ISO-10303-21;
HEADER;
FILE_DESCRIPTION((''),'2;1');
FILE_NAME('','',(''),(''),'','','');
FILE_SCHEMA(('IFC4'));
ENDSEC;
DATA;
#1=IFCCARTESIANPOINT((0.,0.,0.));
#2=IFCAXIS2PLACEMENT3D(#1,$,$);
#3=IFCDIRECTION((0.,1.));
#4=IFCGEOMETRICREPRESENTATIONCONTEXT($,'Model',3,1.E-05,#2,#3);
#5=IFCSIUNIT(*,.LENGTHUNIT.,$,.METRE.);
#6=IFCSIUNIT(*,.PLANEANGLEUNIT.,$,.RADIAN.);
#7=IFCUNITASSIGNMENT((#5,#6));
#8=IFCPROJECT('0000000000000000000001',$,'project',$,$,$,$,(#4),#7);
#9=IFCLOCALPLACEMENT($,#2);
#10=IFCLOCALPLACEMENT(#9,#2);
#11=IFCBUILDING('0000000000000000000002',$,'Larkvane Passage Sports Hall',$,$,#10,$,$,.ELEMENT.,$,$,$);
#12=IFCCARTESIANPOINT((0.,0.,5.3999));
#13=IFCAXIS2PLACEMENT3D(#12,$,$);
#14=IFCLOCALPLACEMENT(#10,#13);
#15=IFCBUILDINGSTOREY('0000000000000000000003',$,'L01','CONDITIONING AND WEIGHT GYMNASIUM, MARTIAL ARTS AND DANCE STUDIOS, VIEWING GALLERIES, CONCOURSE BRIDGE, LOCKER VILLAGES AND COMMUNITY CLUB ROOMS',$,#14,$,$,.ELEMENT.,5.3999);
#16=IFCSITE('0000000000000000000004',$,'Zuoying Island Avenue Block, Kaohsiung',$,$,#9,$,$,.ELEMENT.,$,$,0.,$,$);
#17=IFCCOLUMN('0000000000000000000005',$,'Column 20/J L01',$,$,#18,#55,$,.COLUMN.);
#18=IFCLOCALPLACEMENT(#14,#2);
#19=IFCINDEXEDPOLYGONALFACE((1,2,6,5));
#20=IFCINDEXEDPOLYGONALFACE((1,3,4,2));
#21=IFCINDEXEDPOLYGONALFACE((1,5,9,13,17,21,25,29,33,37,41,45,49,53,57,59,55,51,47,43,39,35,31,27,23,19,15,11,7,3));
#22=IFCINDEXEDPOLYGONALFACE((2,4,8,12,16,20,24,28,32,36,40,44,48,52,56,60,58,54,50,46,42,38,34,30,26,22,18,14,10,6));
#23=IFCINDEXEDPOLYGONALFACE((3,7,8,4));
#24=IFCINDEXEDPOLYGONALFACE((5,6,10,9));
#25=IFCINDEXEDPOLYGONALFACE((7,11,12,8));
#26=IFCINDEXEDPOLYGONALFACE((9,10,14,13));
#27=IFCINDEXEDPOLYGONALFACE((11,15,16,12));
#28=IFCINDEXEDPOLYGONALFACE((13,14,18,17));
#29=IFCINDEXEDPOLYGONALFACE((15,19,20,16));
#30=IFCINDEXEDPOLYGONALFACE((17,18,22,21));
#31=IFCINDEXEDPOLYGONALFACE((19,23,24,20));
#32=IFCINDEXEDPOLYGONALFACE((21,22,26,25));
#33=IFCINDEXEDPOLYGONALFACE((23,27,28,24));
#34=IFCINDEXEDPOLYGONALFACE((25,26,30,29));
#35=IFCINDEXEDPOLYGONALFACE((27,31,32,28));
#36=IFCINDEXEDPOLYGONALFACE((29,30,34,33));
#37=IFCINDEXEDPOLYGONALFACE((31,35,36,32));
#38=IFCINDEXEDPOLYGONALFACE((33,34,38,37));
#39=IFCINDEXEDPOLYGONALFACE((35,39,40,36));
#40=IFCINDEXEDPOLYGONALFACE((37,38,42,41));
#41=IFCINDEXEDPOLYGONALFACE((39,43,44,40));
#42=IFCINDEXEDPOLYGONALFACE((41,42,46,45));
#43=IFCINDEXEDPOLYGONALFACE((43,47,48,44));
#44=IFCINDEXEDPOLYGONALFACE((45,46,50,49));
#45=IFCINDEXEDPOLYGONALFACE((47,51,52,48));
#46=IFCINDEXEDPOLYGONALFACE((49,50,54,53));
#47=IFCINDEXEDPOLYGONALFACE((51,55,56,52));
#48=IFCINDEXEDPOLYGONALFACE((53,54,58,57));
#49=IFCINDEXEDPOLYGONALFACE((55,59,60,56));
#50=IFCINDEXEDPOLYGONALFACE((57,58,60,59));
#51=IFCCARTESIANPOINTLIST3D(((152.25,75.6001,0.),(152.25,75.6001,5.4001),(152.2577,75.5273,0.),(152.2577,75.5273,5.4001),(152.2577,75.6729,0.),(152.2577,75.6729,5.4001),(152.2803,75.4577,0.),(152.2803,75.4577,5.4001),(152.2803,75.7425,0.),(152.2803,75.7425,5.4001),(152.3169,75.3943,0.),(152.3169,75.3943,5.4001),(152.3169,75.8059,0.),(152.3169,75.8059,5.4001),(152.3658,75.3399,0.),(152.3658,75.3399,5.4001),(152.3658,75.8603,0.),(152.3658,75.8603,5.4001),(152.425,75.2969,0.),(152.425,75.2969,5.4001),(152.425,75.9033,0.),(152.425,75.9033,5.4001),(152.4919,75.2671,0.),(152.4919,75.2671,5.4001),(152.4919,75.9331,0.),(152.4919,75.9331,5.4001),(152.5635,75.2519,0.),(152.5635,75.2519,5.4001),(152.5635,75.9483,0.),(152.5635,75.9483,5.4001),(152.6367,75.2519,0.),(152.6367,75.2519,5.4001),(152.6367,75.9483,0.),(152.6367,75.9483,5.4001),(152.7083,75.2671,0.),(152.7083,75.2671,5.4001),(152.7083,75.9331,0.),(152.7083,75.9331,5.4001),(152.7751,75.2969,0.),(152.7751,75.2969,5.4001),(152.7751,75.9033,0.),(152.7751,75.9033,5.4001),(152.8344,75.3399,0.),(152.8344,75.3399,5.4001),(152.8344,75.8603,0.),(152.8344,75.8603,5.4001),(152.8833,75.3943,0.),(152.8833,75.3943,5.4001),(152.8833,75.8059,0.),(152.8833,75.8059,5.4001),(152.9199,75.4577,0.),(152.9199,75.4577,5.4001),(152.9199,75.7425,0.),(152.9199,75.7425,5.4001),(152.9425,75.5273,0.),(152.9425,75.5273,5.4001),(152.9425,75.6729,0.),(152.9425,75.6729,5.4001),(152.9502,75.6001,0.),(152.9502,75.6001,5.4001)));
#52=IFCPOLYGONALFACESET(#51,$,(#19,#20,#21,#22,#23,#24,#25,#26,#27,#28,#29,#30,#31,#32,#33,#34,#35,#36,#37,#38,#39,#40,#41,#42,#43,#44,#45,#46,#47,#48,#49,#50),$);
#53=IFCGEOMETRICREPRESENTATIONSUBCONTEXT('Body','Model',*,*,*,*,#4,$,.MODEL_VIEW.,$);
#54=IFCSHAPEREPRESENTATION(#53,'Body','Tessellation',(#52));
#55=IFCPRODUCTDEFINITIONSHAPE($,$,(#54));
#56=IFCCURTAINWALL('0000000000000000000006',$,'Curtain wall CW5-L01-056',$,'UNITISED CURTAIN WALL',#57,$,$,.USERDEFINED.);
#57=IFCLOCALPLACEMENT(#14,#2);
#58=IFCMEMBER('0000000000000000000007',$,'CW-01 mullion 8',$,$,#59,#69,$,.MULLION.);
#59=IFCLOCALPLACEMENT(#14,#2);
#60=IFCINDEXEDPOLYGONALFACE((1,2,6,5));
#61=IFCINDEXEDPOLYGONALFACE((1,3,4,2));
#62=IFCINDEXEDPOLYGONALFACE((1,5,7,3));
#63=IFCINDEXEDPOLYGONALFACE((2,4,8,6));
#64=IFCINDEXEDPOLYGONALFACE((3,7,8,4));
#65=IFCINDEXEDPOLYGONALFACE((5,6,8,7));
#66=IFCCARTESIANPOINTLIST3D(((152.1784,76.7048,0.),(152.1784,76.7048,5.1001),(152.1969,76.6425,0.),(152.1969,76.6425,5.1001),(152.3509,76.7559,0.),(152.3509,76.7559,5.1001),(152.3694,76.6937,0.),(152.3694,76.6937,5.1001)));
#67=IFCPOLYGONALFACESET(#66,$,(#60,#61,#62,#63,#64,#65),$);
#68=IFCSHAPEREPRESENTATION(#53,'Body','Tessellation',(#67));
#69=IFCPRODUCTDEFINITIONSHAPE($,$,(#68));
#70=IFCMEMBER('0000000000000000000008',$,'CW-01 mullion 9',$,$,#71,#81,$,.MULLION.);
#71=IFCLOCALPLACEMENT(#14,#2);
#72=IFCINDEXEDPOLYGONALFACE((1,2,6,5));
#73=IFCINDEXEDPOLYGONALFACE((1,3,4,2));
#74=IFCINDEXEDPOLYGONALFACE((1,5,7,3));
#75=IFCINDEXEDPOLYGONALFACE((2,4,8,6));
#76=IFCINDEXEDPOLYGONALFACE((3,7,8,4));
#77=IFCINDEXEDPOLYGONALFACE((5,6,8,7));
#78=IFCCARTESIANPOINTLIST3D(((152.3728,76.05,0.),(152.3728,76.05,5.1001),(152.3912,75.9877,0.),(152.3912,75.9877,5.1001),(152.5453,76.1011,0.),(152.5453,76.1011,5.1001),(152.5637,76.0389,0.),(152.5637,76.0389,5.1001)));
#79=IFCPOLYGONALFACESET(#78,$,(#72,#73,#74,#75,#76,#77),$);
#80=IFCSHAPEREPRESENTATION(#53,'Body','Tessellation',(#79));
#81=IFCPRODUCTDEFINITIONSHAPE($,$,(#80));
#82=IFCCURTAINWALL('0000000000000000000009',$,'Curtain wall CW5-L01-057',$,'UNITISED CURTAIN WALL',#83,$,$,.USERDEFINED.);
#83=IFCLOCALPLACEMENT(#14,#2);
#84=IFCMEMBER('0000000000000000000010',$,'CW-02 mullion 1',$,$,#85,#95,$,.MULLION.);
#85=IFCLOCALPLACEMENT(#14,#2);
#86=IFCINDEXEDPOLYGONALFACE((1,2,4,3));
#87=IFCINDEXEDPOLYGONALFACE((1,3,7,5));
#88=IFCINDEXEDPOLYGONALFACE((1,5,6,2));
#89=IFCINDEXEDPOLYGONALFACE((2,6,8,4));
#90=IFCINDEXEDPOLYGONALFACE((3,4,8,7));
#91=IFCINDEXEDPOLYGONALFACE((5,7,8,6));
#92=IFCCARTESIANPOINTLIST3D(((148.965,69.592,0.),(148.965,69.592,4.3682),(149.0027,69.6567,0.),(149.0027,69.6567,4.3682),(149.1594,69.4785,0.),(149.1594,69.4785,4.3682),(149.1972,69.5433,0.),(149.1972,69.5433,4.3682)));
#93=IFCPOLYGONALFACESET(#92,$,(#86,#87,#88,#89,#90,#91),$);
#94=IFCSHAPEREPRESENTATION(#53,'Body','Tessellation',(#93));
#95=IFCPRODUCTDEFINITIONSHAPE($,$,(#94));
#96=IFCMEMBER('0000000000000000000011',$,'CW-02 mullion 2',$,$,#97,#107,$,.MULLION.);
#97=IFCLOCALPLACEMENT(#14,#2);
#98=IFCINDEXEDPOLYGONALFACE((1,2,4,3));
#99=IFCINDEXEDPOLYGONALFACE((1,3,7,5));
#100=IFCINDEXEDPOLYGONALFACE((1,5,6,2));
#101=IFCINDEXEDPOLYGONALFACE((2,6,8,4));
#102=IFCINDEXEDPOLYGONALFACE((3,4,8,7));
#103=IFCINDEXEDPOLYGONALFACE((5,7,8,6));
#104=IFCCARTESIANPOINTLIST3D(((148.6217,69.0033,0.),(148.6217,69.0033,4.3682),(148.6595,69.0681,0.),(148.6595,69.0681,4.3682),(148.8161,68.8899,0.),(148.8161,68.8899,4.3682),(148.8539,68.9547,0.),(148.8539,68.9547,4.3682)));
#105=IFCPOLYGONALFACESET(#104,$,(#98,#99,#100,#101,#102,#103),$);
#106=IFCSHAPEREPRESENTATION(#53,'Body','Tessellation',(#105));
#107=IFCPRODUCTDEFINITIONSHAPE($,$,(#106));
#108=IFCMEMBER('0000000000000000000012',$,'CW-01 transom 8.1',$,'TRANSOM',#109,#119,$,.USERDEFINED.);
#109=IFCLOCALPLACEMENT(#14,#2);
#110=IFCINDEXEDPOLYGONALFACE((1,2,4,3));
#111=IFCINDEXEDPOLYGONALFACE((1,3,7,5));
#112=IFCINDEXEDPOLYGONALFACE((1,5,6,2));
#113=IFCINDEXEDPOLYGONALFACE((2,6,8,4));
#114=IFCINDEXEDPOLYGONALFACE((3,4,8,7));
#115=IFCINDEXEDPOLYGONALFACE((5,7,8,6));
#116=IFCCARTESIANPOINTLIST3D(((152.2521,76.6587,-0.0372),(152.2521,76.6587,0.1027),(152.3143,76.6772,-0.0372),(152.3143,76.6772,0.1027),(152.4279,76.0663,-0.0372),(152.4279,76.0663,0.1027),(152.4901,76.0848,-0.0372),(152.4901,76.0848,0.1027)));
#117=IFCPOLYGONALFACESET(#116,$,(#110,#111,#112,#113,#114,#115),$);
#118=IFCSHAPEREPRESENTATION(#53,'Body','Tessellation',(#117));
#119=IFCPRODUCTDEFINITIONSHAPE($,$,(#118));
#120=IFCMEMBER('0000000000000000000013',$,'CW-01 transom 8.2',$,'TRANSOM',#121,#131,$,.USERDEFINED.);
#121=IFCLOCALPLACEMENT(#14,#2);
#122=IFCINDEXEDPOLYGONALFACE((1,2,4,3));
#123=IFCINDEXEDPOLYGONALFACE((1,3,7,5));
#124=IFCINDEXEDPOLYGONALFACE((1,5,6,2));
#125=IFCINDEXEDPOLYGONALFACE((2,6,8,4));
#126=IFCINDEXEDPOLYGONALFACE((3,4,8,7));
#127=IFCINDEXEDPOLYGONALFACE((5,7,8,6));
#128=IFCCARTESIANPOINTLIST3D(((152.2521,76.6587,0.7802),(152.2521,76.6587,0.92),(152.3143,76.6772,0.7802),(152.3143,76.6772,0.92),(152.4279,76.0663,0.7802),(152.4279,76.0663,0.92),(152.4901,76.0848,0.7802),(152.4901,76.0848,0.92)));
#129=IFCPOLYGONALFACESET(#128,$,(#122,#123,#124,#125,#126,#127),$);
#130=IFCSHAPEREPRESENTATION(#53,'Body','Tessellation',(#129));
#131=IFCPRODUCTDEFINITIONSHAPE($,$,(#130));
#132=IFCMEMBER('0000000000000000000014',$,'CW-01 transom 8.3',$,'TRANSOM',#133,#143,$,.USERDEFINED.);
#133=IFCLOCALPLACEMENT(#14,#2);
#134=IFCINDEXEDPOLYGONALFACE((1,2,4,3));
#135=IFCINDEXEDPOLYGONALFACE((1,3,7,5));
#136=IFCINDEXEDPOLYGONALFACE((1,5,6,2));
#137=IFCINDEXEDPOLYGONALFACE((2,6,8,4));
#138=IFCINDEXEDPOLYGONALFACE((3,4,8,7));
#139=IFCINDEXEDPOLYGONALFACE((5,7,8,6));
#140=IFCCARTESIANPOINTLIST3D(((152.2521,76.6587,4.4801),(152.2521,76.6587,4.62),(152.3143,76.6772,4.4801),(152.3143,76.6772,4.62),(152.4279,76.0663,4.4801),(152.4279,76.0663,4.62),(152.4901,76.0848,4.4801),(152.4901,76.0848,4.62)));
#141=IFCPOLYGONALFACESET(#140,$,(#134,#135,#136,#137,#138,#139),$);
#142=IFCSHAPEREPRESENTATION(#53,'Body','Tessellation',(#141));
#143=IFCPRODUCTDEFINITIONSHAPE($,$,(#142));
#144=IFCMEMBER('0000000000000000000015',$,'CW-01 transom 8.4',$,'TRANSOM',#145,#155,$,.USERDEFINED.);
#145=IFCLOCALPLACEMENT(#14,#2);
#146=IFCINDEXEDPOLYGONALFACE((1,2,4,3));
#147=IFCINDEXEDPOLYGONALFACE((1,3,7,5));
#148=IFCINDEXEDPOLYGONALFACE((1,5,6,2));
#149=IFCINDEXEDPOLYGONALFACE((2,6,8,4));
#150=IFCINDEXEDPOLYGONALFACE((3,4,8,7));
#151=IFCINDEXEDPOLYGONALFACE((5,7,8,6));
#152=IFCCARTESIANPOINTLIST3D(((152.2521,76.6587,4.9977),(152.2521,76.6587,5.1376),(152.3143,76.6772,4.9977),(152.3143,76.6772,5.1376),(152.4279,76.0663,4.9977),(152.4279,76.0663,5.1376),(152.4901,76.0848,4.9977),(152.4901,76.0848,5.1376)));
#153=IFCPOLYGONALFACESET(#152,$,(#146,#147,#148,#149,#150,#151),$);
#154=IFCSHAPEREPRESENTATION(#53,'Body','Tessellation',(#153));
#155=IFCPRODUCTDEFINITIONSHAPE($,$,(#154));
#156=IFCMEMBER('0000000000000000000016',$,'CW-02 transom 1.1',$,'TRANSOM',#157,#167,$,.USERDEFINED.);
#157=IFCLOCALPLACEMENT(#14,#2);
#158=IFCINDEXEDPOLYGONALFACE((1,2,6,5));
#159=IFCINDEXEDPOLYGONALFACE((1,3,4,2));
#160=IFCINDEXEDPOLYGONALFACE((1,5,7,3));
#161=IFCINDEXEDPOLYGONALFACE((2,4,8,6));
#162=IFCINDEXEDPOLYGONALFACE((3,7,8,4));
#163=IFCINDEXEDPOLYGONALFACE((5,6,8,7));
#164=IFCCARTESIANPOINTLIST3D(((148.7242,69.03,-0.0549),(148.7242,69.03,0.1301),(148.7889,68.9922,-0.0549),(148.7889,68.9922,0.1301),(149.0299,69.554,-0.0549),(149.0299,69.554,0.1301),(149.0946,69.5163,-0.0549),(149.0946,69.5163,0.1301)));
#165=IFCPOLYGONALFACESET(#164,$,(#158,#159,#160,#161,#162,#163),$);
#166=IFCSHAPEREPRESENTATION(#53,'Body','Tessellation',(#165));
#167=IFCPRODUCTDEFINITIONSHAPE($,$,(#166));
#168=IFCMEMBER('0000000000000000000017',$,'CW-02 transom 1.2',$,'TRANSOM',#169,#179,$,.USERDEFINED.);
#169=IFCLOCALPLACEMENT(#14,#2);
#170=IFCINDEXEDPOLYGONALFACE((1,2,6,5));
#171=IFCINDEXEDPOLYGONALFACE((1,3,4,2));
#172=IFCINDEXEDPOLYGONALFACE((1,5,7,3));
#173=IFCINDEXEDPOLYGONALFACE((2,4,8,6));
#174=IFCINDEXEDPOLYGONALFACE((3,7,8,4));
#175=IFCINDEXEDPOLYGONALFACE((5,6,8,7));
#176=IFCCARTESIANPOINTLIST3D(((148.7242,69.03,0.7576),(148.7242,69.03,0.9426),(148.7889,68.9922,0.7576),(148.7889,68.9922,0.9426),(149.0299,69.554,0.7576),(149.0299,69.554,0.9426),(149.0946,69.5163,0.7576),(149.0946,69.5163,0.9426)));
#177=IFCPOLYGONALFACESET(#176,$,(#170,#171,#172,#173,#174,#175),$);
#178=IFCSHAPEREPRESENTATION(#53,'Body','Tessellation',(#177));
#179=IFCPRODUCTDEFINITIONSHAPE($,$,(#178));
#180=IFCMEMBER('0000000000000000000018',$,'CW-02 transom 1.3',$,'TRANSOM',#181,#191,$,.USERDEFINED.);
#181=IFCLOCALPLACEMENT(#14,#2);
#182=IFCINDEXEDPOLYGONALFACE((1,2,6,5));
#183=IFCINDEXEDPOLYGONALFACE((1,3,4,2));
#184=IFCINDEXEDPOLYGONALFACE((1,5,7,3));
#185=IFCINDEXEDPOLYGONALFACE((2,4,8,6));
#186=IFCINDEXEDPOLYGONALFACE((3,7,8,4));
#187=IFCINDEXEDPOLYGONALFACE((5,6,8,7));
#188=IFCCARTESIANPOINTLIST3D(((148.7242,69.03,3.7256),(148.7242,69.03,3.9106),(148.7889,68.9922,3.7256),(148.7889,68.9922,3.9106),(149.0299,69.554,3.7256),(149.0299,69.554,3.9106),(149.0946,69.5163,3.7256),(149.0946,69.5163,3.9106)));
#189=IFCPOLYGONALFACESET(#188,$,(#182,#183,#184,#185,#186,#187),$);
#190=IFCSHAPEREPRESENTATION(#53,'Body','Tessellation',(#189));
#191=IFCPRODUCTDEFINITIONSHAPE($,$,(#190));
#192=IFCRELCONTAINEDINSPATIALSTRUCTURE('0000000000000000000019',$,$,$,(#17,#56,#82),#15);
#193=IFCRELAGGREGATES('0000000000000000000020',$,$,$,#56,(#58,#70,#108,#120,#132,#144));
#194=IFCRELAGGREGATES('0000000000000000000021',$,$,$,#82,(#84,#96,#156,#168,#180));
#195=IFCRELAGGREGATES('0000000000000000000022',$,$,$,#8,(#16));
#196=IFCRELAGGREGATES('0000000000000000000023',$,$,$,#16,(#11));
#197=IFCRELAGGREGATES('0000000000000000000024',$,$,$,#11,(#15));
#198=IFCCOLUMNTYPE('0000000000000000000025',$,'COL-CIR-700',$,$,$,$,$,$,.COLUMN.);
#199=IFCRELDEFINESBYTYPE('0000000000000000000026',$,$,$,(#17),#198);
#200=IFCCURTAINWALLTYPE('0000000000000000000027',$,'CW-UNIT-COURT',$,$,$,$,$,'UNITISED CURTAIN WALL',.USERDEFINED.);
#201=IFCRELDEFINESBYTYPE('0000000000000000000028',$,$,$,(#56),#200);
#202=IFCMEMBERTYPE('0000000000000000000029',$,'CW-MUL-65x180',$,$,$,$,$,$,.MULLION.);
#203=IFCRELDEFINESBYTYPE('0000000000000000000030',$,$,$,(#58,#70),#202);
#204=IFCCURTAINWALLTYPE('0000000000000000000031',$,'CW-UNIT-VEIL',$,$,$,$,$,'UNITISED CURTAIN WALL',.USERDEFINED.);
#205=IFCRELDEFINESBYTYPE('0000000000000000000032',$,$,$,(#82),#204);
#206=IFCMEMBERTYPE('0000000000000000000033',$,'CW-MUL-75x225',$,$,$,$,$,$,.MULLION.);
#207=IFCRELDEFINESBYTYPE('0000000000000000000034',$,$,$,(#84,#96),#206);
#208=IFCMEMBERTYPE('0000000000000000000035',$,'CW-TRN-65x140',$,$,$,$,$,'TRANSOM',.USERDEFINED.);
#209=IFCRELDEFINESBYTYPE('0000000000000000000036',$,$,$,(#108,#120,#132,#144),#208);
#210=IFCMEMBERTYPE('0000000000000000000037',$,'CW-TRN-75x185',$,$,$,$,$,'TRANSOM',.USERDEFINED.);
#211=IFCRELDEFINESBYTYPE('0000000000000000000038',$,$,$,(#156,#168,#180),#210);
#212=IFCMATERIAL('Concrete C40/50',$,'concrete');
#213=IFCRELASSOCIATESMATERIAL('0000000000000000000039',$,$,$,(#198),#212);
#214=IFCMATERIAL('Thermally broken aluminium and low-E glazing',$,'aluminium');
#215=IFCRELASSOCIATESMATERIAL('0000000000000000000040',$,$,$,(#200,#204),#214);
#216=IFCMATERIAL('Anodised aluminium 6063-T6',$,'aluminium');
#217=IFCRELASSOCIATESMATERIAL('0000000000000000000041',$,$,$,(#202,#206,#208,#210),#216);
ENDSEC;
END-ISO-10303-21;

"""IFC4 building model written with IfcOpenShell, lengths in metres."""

from ifc_helpers import new_model, si_unit, direction, frame, origin, origin_2d, place, context, subcontext, project, spatial, rectangle, circle, extrude, material, material_profile, profile_set, type_object, element, aggregate, save


model = new_model("IFC4")

# Units and contexts
model_context = context("Model", 3, precision=1e-05, world=origin(), true_north=direction((0.0, 1.0)))
body_context = subcontext(model_context, "Body", "Model", "MODEL_VIEW")
ifc_project = project(units=[si_unit("LENGTHUNIT", "METRE"), si_unit("PLANEANGLEUNIT", "RADIAN")], contexts=[model_context])

# Site, building, storey
site_placement = place(None, origin())
site = spatial("IfcSite", under=ifc_project, at=site_placement, Name="Zuoying Island Avenue Block, Kaohsiung", CompositionType="ELEMENT", RefElevation=0.0)
building_placement = place(site_placement, origin())
building = spatial("IfcBuilding", under=site, at=building_placement, Name="Larkvane Passage Sports Hall", CompositionType="ELEMENT")
storey_placement = place(building_placement, frame((0.0, 0.0, 5.3999)))
storey = spatial("IfcBuildingStorey", under=building, at=storey_placement, Name="L01", Description="CONDITIONING AND WEIGHT GYMNASIUM, MARTIAL ARTS AND DANCE STUDIOS, VIEWING GALLERIES, CONCOURSE BRIDGE, LOCKER VILLAGES AND COMMUNITY CLUB ROOMS", CompositionType="ELEMENT", Elevation=5.3999)

# Column
ifc_material_1 = material(Name="Concrete C40/50", Category="concrete")
ifc_material_profile_1 = material_profile(ifc_material_1, circle(Radius=0.3501, at=origin_2d()), Name="RC-CIR-700")
ifc_profile_set_1 = profile_set([ifc_material_profile_1], Name="Concrete C40/50")
column_type = type_object("IfcColumnType", Name="COL-CIR-700", PredefinedType="COLUMN", material=ifc_profile_set_1)
column_placement = place(storey_placement, frame((152.6001, 75.6001, 0.0), z_axis=(0.0, 0.0, 1.0), x_axis=(1.0, 0.0, 0.0)))
element("IfcColumn", 1, at=column_placement, inside=storey, type_object=column_type, Name="Column 20/J L01", PredefinedType="COLUMN", context=body_context, shape_type="SweptSolid", body=[
    extrude(circle(Radius=0.3501, at=origin_2d()), origin(), (0.0, 0.0, 1.0), 5.4001),
])

# Curtain walls, members
ifc_material_2 = material(Name="Thermally broken aluminium and low-E glazing", Category="aluminium")
curtain_wall_type_1 = type_object("IfcCurtainWallType", Name="CW-UNIT-COURT", ElementType="UNITISED CURTAIN WALL", PredefinedType="USERDEFINED", material=ifc_material_2)
curtain_wall_1_placement = place(storey_placement, origin())
curtain_wall_1 = element("IfcCurtainWall", 2, at=curtain_wall_1_placement, inside=storey, type_object=curtain_wall_type_1, Name="Curtain wall CW5-L01-056", ObjectType="UNITISED CURTAIN WALL", PredefinedType="USERDEFINED")
ifc_material_3 = material(Name="Anodised aluminium 6063-T6", Category="aluminium")
ifc_material_profile_2 = material_profile(ifc_material_3, rectangle(XDim=0.0649, YDim=0.1799, at=origin_2d()), Name="ALU-MUL-65x180")
ifc_profile_set_2 = profile_set([ifc_material_profile_2], Name="Anodised aluminium 6063-T6")
member_type_1 = type_object("IfcMemberType", Name="CW-MUL-65x180", PredefinedType="MULLION", material=ifc_profile_set_2)
member_1_placement = place(storey_placement, frame((152.2739, 76.6992, 0.0), z_axis=(0.0, 0.0, 1.0), x_axis=(0.284363, -0.958717, 0.0)))
member_1 = element("IfcMember", 3, at=member_1_placement, type_object=member_type_1, Name="CW-01 mullion 8", PredefinedType="MULLION", context=body_context, shape_type="SweptSolid", body=[
    extrude(rectangle(XDim=0.0649, YDim=0.1799, at=origin_2d()), origin(), (0.0, 0.0, 1.0), 5.1001),
])
member_2_placement = place(storey_placement, frame((152.4683, 76.0444, 0.0), z_axis=(0.0, 0.0, 1.0), x_axis=(0.284363, -0.958717, 0.0)))
member_2 = element("IfcMember", 4, at=member_2_placement, type_object=member_type_1, Name="CW-01 mullion 9", PredefinedType="MULLION", context=body_context, shape_type="SweptSolid", body=[
    extrude(rectangle(XDim=0.0649, YDim=0.1799, at=origin_2d()), origin(), (0.0, 0.0, 1.0), 5.1001),
])
curtain_wall_type_2 = type_object("IfcCurtainWallType", Name="CW-UNIT-VEIL", ElementType="UNITISED CURTAIN WALL", PredefinedType="USERDEFINED", material=ifc_material_2)
curtain_wall_2_placement = place(storey_placement, origin())
curtain_wall_2 = element("IfcCurtainWall", 5, at=curtain_wall_2_placement, inside=storey, type_object=curtain_wall_type_2, Name="Curtain wall CW5-L01-057", ObjectType="UNITISED CURTAIN WALL", PredefinedType="USERDEFINED")
ifc_material_profile_3 = material_profile(ifc_material_3, rectangle(XDim=0.075, YDim=0.2251, at=origin_2d()), Name="ALU-MUL-75x225")
ifc_profile_set_3 = profile_set([ifc_material_profile_3], Name="Anodised aluminium 6063-T6")
member_type_2 = type_object("IfcMemberType", Name="CW-MUL-75x225", PredefinedType="MULLION", material=ifc_profile_set_3)
member_3_placement = place(storey_placement, frame((149.0811, 69.5676, 0.0), z_axis=(0.0, 0.0, 1.0), x_axis=(-0.503867, -0.863781, 0.0)))
member_3 = element("IfcMember", 6, at=member_3_placement, type_object=member_type_2, Name="CW-02 mullion 1", PredefinedType="MULLION", context=body_context, shape_type="SweptSolid", body=[
    extrude(rectangle(XDim=0.075, YDim=0.2251, at=origin_2d()), origin(), (0.0, 0.0, 1.0), 4.3682),
])
member_4_placement = place(storey_placement, frame((148.7378, 68.979, 0.0), z_axis=(0.0, 0.0, 1.0), x_axis=(-0.503867, -0.863781, 0.0)))
member_4 = element("IfcMember", 7, at=member_4_placement, type_object=member_type_2, Name="CW-02 mullion 2", PredefinedType="MULLION", context=body_context, shape_type="SweptSolid", body=[
    extrude(rectangle(XDim=0.075, YDim=0.2251, at=origin_2d()), origin(), (0.0, 0.0, 1.0), 4.3682),
])

# Members
ifc_material_profile_4 = material_profile(ifc_material_3, rectangle(XDim=0.0649, YDim=0.1399, at=origin_2d()), Name="ALU-TRN-65x140")
ifc_profile_set_4 = profile_set([ifc_material_profile_4], Name="Anodised aluminium 6063-T6")
member_type_3 = type_object("IfcMemberType", Name="CW-TRN-65x140", ElementType="TRANSOM", PredefinedType="USERDEFINED", material=ifc_profile_set_4)
member_5_placement = place(storey_placement, frame((152.2832, 76.668, 0.0327), z_axis=(0.284519, -0.95867, 0.0), x_axis=(0.95867, 0.284519, 0.0)))
member_5 = element("IfcMember", 8, at=member_5_placement, type_object=member_type_3, Name="CW-01 transom 8.1", ObjectType="TRANSOM", PredefinedType="USERDEFINED", context=body_context, shape_type="SweptSolid", body=[
    extrude(rectangle(XDim=0.0649, YDim=0.1399, at=origin_2d()), origin(), (0.0, 0.0, 1.0), 0.6179),
])
member_6_placement = place(storey_placement, frame((152.2832, 76.668, 0.8501), z_axis=(0.284519, -0.95867, 0.0), x_axis=(0.95867, 0.284519, 0.0)))
member_6 = element("IfcMember", 9, at=member_6_placement, type_object=member_type_3, Name="CW-01 transom 8.2", ObjectType="TRANSOM", PredefinedType="USERDEFINED", context=body_context, shape_type="SweptSolid", body=[
    extrude(rectangle(XDim=0.0649, YDim=0.1399, at=origin_2d()), origin(), (0.0, 0.0, 1.0), 0.6179),
])
member_7_placement = place(storey_placement, frame((152.2832, 76.668, 4.55), z_axis=(0.284519, -0.95867, 0.0), x_axis=(0.95867, 0.284519, 0.0)))
member_7 = element("IfcMember", 10, at=member_7_placement, type_object=member_type_3, Name="CW-01 transom 8.3", ObjectType="TRANSOM", PredefinedType="USERDEFINED", context=body_context, shape_type="SweptSolid", body=[
    extrude(rectangle(XDim=0.0649, YDim=0.1399, at=origin_2d()), origin(), (0.0, 0.0, 1.0), 0.6179),
])
member_8_placement = place(storey_placement, frame((152.2832, 76.668, 5.0676), z_axis=(0.284519, -0.95867, 0.0), x_axis=(0.95867, 0.284519, 0.0)))
member_8 = element("IfcMember", 11, at=member_8_placement, type_object=member_type_3, Name="CW-01 transom 8.4", ObjectType="TRANSOM", PredefinedType="USERDEFINED", context=body_context, shape_type="SweptSolid", body=[
    extrude(rectangle(XDim=0.0649, YDim=0.1399, at=origin_2d()), origin(), (0.0, 0.0, 1.0), 0.6179),
])
ifc_material_profile_5 = material_profile(ifc_material_3, rectangle(XDim=0.075, YDim=0.1851, at=origin_2d()), Name="ALU-TRN-75x185")
ifc_profile_set_5 = profile_set([ifc_material_profile_5], Name="Anodised aluminium 6063-T6")
member_type_4 = type_object("IfcMemberType", Name="CW-TRN-75x185", ElementType="TRANSOM", PredefinedType="USERDEFINED", material=ifc_profile_set_5)
member_9_placement = place(storey_placement, frame((149.0623, 69.5352, 0.0376), z_axis=(-0.503921, -0.86375, 0.0), x_axis=(0.86375, -0.503921, 0.0)))
member_9 = element("IfcMember", 12, at=member_9_placement, type_object=member_type_4, Name="CW-02 transom 1.1", ObjectType="TRANSOM", PredefinedType="USERDEFINED", context=body_context, shape_type="SweptSolid", body=[
    extrude(rectangle(XDim=0.075, YDim=0.1851, at=origin_2d()), origin(), (0.0, 0.0, 1.0), 0.6067),
])
member_10_placement = place(storey_placement, frame((149.0623, 69.5352, 0.8501), z_axis=(-0.503921, -0.86375, 0.0), x_axis=(0.86375, -0.503921, 0.0)))
member_10 = element("IfcMember", 13, at=member_10_placement, type_object=member_type_4, Name="CW-02 transom 1.2", ObjectType="TRANSOM", PredefinedType="USERDEFINED", context=body_context, shape_type="SweptSolid", body=[
    extrude(rectangle(XDim=0.075, YDim=0.1851, at=origin_2d()), origin(), (0.0, 0.0, 1.0), 0.6067),
])
member_11_placement = place(storey_placement, frame((149.0623, 69.5352, 3.8181), z_axis=(-0.503921, -0.86375, 0.0), x_axis=(0.86375, -0.503921, 0.0)))
member_11 = element("IfcMember", 14, at=member_11_placement, type_object=member_type_4, Name="CW-02 transom 1.3", ObjectType="TRANSOM", PredefinedType="USERDEFINED", context=body_context, shape_type="SweptSolid", body=[
    extrude(rectangle(XDim=0.075, YDim=0.1851, at=origin_2d()), origin(), (0.0, 0.0, 1.0), 0.6067),
])

aggregate(curtain_wall_1, [member_1, member_2, member_5, member_6, member_7, member_8])
aggregate(curtain_wall_2, [member_3, member_4, member_9, member_10, member_11])

save(model, "model.ifc")
